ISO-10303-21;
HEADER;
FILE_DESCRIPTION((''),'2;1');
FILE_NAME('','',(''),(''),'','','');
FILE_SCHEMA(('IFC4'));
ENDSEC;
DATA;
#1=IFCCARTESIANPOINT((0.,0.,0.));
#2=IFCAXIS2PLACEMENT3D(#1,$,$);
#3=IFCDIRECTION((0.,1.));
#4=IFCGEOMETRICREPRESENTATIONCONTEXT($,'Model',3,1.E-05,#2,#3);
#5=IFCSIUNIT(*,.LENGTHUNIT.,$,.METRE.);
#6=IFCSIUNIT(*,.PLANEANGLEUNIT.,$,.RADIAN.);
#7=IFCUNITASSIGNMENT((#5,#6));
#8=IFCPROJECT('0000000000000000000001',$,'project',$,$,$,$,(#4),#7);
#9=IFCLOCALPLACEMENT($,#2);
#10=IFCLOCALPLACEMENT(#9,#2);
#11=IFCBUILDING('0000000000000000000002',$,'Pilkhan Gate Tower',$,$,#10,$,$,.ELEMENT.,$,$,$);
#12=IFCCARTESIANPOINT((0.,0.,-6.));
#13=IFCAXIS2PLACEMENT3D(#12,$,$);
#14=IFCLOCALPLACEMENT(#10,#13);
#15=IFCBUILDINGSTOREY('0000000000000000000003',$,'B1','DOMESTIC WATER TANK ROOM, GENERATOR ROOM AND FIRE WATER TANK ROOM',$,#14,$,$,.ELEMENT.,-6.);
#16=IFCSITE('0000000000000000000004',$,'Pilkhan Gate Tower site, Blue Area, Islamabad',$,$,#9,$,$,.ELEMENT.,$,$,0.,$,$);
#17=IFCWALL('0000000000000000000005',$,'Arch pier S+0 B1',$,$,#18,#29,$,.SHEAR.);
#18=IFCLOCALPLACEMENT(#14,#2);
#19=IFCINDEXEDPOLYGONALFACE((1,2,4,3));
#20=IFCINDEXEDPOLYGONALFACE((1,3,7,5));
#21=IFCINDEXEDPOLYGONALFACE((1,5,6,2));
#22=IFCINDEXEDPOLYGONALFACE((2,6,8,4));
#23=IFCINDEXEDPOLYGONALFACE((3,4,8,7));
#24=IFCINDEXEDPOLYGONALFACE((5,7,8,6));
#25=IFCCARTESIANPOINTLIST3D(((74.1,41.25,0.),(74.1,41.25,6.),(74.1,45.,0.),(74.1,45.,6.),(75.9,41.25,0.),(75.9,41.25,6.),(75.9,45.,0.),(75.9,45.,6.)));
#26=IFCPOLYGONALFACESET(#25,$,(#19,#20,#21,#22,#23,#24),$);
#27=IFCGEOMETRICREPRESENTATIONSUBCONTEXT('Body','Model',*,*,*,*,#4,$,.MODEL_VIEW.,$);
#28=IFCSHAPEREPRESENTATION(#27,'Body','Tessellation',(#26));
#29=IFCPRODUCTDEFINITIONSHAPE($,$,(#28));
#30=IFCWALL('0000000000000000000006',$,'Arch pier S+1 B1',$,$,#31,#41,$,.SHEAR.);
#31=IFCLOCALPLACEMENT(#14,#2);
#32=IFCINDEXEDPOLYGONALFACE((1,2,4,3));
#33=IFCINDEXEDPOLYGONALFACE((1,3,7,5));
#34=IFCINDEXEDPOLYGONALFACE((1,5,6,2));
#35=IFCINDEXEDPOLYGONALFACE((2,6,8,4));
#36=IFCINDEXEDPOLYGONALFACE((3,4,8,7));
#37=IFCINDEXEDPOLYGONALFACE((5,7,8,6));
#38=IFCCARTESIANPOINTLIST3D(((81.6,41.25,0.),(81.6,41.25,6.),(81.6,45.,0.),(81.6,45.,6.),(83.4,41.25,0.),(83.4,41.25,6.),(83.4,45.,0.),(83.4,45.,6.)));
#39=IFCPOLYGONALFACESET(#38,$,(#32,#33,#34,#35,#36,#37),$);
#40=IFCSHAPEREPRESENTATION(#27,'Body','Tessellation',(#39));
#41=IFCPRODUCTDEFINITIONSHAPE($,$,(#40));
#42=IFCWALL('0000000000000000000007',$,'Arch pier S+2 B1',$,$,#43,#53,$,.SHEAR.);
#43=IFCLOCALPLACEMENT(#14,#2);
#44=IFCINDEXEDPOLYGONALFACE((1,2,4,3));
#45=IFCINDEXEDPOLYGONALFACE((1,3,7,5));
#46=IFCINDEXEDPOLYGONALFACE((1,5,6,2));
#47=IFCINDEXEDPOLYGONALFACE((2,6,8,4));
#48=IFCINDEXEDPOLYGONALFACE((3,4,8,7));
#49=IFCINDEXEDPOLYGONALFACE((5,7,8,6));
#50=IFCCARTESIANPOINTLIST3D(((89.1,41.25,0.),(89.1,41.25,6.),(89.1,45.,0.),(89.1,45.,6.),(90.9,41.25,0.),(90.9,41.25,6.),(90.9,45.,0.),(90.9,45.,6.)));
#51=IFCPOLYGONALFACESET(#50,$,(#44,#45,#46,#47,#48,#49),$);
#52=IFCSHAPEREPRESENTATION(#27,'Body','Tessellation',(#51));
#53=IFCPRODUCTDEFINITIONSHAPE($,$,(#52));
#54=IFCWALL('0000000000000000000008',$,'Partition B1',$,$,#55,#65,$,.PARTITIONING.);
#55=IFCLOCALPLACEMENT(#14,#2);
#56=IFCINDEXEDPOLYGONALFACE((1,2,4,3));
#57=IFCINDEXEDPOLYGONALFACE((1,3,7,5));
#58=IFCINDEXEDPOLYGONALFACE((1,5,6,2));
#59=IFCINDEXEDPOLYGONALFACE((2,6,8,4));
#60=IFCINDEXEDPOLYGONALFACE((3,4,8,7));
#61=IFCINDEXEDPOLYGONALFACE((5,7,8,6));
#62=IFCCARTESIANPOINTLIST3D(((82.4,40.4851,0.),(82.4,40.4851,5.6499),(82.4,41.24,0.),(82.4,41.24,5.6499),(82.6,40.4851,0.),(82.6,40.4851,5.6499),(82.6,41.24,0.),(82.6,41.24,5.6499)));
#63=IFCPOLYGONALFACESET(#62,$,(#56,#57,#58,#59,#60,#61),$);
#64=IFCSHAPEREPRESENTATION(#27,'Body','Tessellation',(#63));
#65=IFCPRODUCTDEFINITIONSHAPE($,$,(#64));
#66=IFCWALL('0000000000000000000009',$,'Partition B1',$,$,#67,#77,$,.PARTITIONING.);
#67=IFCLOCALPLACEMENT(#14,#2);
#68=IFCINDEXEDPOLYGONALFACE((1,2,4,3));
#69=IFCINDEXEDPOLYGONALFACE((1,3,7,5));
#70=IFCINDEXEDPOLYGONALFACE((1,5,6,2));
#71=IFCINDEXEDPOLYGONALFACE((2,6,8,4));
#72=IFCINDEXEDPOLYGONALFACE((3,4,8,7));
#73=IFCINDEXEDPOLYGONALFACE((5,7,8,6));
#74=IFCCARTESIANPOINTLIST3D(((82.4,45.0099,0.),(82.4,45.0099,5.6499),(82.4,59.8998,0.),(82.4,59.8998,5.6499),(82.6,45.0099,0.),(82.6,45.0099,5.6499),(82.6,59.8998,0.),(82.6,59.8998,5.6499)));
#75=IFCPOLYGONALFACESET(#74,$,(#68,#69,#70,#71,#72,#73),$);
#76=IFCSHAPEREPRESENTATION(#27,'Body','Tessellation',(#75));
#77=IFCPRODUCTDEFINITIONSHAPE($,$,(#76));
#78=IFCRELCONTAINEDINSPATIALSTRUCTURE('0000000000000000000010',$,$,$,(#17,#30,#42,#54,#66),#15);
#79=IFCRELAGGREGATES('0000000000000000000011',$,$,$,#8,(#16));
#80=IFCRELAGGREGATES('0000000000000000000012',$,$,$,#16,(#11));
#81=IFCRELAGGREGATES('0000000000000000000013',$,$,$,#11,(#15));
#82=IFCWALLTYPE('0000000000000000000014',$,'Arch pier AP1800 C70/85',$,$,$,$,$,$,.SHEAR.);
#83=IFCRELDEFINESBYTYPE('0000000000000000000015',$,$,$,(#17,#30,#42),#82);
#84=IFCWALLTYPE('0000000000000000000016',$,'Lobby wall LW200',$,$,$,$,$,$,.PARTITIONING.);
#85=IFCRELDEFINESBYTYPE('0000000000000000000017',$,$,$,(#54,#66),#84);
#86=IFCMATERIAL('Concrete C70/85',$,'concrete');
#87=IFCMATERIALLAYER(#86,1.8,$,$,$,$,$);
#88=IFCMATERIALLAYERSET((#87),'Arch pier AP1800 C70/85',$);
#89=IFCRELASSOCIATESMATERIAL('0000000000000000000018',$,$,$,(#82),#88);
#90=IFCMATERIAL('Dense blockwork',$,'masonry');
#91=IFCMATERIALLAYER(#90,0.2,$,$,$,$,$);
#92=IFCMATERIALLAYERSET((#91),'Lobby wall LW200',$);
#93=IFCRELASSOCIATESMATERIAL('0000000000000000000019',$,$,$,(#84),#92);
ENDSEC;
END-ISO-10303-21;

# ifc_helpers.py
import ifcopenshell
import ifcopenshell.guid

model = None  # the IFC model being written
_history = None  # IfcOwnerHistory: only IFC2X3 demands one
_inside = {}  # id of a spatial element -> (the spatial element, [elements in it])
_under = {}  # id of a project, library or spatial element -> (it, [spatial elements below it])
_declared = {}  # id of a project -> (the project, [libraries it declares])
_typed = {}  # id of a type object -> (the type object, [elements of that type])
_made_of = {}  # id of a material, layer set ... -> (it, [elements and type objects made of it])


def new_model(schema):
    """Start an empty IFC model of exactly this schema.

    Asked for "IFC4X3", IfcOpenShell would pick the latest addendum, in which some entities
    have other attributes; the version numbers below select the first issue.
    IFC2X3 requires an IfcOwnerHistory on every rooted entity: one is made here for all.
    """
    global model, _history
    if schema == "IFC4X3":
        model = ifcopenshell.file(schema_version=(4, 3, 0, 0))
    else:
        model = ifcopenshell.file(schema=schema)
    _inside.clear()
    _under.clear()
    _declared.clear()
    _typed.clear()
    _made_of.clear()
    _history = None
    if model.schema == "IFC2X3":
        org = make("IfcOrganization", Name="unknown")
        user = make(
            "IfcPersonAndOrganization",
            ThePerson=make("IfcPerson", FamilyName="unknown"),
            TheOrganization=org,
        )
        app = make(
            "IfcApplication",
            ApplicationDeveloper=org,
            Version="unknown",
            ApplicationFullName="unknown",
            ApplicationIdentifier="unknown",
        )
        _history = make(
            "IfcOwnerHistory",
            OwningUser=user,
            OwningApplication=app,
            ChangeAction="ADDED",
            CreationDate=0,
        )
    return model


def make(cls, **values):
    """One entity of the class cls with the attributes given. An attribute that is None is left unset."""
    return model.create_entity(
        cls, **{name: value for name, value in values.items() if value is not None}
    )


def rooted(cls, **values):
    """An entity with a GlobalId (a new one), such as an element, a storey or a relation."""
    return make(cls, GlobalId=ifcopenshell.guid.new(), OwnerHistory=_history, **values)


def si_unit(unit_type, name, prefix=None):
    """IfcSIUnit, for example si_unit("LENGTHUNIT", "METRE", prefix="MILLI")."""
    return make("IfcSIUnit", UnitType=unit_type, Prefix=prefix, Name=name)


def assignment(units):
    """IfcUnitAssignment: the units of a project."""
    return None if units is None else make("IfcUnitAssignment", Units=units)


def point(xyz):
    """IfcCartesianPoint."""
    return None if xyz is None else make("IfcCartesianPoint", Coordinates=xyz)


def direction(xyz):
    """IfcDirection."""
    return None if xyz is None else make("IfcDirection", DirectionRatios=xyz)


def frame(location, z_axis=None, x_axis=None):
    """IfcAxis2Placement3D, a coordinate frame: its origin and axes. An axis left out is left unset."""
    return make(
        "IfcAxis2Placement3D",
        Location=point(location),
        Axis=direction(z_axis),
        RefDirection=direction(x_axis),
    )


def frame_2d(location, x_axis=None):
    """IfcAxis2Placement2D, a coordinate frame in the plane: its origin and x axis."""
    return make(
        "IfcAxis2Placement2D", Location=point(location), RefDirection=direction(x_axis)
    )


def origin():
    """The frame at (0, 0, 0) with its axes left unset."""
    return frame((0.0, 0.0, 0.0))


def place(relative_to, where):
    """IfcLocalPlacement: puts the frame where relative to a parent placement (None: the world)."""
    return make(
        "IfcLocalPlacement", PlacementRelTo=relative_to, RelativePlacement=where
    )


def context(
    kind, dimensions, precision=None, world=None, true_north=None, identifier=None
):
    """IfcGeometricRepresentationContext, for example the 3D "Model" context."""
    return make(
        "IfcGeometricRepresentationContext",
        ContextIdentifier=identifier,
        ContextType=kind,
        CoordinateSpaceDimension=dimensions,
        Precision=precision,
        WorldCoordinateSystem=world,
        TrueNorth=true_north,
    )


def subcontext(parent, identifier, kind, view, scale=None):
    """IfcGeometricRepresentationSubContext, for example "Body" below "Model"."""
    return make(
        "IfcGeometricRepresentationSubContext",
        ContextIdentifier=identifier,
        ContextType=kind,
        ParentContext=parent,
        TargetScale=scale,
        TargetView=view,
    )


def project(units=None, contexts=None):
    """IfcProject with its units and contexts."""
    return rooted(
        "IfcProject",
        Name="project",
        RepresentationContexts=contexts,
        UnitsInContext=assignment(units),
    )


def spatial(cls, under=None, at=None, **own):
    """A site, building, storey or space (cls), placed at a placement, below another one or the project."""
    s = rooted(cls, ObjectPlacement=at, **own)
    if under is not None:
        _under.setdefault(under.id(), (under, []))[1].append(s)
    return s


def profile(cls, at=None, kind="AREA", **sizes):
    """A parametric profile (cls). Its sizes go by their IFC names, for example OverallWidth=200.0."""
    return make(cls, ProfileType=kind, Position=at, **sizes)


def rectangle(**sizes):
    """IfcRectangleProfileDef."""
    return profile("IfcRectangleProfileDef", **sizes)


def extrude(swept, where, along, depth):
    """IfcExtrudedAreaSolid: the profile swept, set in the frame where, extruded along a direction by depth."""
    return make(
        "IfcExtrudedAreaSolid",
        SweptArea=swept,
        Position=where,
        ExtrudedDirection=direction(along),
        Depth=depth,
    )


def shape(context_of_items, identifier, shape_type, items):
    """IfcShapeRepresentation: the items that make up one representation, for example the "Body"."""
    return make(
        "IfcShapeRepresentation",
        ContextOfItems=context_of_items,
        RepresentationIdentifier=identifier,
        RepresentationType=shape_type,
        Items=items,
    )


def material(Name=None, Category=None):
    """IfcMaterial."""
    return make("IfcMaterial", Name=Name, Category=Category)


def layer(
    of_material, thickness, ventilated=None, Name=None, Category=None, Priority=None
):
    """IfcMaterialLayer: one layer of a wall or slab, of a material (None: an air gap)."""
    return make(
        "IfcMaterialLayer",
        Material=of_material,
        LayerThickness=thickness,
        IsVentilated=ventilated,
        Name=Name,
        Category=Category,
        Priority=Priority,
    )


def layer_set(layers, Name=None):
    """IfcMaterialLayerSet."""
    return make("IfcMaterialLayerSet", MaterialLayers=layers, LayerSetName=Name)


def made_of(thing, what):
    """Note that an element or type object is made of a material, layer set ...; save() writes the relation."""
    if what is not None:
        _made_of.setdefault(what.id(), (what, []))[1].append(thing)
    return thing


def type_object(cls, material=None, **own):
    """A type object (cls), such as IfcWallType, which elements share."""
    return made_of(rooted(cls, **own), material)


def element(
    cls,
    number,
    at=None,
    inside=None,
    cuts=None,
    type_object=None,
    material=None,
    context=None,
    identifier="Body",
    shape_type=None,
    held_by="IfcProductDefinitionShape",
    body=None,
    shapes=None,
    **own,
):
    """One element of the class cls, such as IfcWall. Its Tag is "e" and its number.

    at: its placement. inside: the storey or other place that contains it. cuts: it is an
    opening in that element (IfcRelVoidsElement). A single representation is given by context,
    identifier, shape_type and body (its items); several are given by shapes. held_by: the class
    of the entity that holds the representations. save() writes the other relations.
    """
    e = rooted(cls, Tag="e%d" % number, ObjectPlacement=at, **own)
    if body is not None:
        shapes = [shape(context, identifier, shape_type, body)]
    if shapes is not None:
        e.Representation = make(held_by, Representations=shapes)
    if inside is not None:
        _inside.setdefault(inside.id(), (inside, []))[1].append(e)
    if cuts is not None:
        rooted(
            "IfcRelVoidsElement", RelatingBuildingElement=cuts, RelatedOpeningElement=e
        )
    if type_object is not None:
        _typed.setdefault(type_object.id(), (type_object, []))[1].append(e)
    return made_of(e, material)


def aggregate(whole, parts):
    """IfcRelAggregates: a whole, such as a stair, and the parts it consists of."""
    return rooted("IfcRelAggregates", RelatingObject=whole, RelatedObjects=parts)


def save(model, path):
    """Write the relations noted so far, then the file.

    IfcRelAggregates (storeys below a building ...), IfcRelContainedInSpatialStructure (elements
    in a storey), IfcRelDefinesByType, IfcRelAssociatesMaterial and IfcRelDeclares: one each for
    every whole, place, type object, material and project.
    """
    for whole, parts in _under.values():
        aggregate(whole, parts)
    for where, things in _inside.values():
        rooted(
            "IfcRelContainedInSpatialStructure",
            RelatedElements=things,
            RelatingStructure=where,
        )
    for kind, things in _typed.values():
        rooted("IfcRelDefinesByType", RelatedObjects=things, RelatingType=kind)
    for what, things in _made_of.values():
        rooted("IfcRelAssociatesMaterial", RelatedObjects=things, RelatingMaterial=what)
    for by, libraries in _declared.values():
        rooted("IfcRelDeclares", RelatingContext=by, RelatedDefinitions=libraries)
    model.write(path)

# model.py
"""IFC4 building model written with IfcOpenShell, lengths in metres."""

from ifc_helpers import new_model, si_unit, direction, frame, frame_2d, origin, place, context, subcontext, project, spatial, rectangle, extrude, material, layer, layer_set, type_object, element, save


model = new_model("IFC4")

# Units and contexts
model_context = context("Model", 3, precision=1e-05, world=origin(), true_north=direction((0.0, 1.0)))
body_context = subcontext(model_context, "Body", "Model", "MODEL_VIEW")
ifc_project = project(units=[si_unit("LENGTHUNIT", "METRE"), si_unit("PLANEANGLEUNIT", "RADIAN")], contexts=[model_context])

# Site, building, storey
site_placement = place(None, origin())
site = spatial("IfcSite", under=ifc_project, at=site_placement, Name="Pilkhan Gate Tower site, Blue Area, Islamabad", CompositionType="ELEMENT", RefElevation=0.0)
building_placement = place(site_placement, origin())
building = spatial("IfcBuilding", under=site, at=building_placement, Name="Pilkhan Gate Tower", CompositionType="ELEMENT")
storey_placement = place(building_placement, frame((0.0, 0.0, -6.0)))
storey = spatial("IfcBuildingStorey", under=building, at=storey_placement, Name="B1", Description="DOMESTIC WATER TANK ROOM, GENERATOR ROOM AND FIRE WATER TANK ROOM", CompositionType="ELEMENT", Elevation=-6.0)

# Shared definitions
ifc_material_1 = material(Name="Concrete C70/85", Category="concrete")

# Walls
ifc_layer_1 = layer(ifc_material_1, 1.8)
ifc_layer_set_1 = layer_set([ifc_layer_1], Name="Arch pier AP1800 C70/85")
wall_type_1 = type_object("IfcWallType", Name="Arch pier AP1800 C70/85", PredefinedType="SHEAR", material=ifc_layer_set_1)
for number, where, z_axis, x_axis, name in (
    (1, (75.0, 41.25, 0.0), (0.0, 0.0, 1.0), (0.0, 1.0, 0.0), "Arch pier S+0 B1"),
    (2, (82.5, 41.25, 0.0), (0.0, 0.0, 1.0), (0.0, 1.0, 0.0), "Arch pier S+1 B1"),
    (3, (90.0, 41.25, 0.0), (0.0, 0.0, 1.0), (0.0, 1.0, 0.0), "Arch pier S+2 B1"),
):
    element("IfcWall", number, at=place(storey_placement, frame(where, z_axis=z_axis, x_axis=x_axis)), inside=storey, type_object=wall_type_1, Name=name, PredefinedType="SHEAR", context=body_context, shape_type="SweptSolid", body=[
        extrude(rectangle(XDim=3.75, YDim=1.8, at=frame_2d((1.875, 0.0))), origin(), (0.0, 0.0, 1.0), 6.0),
    ])
ifc_material_2 = material(Name="Dense blockwork", Category="masonry")
ifc_layer_2 = layer(ifc_material_2, 0.2)
ifc_layer_set_2 = layer_set([ifc_layer_2], Name="Lobby wall LW200")
wall_type_2 = type_object("IfcWallType", Name="Lobby wall LW200", PredefinedType="PARTITIONING", material=ifc_layer_set_2)
wall_1_placement = place(storey_placement, frame((82.5, 40.4851, 0.0), z_axis=(0.0, 0.0, 1.0), x_axis=(0.0, 1.0, 0.0)))
element("IfcWall", 4, at=wall_1_placement, inside=storey, type_object=wall_type_2, Name="Partition B1", PredefinedType="PARTITIONING", context=body_context, shape_type="SweptSolid", body=[
    extrude(rectangle(XDim=0.7549, YDim=0.2, at=frame_2d((0.3774, 0.0))), origin(), (0.0, 0.0, 1.0), 5.6499),
])
wall_2_placement = place(storey_placement, frame((82.5, 45.01, 0.0), z_axis=(0.0, 0.0, 1.0), x_axis=(0.0, 1.0, 0.0)))
element("IfcWall", 5, at=wall_2_placement, inside=storey, type_object=wall_type_2, Name="Partition B1", PredefinedType="PARTITIONING", context=body_context, shape_type="SweptSolid", body=[
    extrude(rectangle(XDim=14.8899, YDim=0.2, at=frame_2d((7.4448, 0.0))), origin(), (0.0, 0.0, 1.0), 5.6499),
])

save(model, "model.ifc")
